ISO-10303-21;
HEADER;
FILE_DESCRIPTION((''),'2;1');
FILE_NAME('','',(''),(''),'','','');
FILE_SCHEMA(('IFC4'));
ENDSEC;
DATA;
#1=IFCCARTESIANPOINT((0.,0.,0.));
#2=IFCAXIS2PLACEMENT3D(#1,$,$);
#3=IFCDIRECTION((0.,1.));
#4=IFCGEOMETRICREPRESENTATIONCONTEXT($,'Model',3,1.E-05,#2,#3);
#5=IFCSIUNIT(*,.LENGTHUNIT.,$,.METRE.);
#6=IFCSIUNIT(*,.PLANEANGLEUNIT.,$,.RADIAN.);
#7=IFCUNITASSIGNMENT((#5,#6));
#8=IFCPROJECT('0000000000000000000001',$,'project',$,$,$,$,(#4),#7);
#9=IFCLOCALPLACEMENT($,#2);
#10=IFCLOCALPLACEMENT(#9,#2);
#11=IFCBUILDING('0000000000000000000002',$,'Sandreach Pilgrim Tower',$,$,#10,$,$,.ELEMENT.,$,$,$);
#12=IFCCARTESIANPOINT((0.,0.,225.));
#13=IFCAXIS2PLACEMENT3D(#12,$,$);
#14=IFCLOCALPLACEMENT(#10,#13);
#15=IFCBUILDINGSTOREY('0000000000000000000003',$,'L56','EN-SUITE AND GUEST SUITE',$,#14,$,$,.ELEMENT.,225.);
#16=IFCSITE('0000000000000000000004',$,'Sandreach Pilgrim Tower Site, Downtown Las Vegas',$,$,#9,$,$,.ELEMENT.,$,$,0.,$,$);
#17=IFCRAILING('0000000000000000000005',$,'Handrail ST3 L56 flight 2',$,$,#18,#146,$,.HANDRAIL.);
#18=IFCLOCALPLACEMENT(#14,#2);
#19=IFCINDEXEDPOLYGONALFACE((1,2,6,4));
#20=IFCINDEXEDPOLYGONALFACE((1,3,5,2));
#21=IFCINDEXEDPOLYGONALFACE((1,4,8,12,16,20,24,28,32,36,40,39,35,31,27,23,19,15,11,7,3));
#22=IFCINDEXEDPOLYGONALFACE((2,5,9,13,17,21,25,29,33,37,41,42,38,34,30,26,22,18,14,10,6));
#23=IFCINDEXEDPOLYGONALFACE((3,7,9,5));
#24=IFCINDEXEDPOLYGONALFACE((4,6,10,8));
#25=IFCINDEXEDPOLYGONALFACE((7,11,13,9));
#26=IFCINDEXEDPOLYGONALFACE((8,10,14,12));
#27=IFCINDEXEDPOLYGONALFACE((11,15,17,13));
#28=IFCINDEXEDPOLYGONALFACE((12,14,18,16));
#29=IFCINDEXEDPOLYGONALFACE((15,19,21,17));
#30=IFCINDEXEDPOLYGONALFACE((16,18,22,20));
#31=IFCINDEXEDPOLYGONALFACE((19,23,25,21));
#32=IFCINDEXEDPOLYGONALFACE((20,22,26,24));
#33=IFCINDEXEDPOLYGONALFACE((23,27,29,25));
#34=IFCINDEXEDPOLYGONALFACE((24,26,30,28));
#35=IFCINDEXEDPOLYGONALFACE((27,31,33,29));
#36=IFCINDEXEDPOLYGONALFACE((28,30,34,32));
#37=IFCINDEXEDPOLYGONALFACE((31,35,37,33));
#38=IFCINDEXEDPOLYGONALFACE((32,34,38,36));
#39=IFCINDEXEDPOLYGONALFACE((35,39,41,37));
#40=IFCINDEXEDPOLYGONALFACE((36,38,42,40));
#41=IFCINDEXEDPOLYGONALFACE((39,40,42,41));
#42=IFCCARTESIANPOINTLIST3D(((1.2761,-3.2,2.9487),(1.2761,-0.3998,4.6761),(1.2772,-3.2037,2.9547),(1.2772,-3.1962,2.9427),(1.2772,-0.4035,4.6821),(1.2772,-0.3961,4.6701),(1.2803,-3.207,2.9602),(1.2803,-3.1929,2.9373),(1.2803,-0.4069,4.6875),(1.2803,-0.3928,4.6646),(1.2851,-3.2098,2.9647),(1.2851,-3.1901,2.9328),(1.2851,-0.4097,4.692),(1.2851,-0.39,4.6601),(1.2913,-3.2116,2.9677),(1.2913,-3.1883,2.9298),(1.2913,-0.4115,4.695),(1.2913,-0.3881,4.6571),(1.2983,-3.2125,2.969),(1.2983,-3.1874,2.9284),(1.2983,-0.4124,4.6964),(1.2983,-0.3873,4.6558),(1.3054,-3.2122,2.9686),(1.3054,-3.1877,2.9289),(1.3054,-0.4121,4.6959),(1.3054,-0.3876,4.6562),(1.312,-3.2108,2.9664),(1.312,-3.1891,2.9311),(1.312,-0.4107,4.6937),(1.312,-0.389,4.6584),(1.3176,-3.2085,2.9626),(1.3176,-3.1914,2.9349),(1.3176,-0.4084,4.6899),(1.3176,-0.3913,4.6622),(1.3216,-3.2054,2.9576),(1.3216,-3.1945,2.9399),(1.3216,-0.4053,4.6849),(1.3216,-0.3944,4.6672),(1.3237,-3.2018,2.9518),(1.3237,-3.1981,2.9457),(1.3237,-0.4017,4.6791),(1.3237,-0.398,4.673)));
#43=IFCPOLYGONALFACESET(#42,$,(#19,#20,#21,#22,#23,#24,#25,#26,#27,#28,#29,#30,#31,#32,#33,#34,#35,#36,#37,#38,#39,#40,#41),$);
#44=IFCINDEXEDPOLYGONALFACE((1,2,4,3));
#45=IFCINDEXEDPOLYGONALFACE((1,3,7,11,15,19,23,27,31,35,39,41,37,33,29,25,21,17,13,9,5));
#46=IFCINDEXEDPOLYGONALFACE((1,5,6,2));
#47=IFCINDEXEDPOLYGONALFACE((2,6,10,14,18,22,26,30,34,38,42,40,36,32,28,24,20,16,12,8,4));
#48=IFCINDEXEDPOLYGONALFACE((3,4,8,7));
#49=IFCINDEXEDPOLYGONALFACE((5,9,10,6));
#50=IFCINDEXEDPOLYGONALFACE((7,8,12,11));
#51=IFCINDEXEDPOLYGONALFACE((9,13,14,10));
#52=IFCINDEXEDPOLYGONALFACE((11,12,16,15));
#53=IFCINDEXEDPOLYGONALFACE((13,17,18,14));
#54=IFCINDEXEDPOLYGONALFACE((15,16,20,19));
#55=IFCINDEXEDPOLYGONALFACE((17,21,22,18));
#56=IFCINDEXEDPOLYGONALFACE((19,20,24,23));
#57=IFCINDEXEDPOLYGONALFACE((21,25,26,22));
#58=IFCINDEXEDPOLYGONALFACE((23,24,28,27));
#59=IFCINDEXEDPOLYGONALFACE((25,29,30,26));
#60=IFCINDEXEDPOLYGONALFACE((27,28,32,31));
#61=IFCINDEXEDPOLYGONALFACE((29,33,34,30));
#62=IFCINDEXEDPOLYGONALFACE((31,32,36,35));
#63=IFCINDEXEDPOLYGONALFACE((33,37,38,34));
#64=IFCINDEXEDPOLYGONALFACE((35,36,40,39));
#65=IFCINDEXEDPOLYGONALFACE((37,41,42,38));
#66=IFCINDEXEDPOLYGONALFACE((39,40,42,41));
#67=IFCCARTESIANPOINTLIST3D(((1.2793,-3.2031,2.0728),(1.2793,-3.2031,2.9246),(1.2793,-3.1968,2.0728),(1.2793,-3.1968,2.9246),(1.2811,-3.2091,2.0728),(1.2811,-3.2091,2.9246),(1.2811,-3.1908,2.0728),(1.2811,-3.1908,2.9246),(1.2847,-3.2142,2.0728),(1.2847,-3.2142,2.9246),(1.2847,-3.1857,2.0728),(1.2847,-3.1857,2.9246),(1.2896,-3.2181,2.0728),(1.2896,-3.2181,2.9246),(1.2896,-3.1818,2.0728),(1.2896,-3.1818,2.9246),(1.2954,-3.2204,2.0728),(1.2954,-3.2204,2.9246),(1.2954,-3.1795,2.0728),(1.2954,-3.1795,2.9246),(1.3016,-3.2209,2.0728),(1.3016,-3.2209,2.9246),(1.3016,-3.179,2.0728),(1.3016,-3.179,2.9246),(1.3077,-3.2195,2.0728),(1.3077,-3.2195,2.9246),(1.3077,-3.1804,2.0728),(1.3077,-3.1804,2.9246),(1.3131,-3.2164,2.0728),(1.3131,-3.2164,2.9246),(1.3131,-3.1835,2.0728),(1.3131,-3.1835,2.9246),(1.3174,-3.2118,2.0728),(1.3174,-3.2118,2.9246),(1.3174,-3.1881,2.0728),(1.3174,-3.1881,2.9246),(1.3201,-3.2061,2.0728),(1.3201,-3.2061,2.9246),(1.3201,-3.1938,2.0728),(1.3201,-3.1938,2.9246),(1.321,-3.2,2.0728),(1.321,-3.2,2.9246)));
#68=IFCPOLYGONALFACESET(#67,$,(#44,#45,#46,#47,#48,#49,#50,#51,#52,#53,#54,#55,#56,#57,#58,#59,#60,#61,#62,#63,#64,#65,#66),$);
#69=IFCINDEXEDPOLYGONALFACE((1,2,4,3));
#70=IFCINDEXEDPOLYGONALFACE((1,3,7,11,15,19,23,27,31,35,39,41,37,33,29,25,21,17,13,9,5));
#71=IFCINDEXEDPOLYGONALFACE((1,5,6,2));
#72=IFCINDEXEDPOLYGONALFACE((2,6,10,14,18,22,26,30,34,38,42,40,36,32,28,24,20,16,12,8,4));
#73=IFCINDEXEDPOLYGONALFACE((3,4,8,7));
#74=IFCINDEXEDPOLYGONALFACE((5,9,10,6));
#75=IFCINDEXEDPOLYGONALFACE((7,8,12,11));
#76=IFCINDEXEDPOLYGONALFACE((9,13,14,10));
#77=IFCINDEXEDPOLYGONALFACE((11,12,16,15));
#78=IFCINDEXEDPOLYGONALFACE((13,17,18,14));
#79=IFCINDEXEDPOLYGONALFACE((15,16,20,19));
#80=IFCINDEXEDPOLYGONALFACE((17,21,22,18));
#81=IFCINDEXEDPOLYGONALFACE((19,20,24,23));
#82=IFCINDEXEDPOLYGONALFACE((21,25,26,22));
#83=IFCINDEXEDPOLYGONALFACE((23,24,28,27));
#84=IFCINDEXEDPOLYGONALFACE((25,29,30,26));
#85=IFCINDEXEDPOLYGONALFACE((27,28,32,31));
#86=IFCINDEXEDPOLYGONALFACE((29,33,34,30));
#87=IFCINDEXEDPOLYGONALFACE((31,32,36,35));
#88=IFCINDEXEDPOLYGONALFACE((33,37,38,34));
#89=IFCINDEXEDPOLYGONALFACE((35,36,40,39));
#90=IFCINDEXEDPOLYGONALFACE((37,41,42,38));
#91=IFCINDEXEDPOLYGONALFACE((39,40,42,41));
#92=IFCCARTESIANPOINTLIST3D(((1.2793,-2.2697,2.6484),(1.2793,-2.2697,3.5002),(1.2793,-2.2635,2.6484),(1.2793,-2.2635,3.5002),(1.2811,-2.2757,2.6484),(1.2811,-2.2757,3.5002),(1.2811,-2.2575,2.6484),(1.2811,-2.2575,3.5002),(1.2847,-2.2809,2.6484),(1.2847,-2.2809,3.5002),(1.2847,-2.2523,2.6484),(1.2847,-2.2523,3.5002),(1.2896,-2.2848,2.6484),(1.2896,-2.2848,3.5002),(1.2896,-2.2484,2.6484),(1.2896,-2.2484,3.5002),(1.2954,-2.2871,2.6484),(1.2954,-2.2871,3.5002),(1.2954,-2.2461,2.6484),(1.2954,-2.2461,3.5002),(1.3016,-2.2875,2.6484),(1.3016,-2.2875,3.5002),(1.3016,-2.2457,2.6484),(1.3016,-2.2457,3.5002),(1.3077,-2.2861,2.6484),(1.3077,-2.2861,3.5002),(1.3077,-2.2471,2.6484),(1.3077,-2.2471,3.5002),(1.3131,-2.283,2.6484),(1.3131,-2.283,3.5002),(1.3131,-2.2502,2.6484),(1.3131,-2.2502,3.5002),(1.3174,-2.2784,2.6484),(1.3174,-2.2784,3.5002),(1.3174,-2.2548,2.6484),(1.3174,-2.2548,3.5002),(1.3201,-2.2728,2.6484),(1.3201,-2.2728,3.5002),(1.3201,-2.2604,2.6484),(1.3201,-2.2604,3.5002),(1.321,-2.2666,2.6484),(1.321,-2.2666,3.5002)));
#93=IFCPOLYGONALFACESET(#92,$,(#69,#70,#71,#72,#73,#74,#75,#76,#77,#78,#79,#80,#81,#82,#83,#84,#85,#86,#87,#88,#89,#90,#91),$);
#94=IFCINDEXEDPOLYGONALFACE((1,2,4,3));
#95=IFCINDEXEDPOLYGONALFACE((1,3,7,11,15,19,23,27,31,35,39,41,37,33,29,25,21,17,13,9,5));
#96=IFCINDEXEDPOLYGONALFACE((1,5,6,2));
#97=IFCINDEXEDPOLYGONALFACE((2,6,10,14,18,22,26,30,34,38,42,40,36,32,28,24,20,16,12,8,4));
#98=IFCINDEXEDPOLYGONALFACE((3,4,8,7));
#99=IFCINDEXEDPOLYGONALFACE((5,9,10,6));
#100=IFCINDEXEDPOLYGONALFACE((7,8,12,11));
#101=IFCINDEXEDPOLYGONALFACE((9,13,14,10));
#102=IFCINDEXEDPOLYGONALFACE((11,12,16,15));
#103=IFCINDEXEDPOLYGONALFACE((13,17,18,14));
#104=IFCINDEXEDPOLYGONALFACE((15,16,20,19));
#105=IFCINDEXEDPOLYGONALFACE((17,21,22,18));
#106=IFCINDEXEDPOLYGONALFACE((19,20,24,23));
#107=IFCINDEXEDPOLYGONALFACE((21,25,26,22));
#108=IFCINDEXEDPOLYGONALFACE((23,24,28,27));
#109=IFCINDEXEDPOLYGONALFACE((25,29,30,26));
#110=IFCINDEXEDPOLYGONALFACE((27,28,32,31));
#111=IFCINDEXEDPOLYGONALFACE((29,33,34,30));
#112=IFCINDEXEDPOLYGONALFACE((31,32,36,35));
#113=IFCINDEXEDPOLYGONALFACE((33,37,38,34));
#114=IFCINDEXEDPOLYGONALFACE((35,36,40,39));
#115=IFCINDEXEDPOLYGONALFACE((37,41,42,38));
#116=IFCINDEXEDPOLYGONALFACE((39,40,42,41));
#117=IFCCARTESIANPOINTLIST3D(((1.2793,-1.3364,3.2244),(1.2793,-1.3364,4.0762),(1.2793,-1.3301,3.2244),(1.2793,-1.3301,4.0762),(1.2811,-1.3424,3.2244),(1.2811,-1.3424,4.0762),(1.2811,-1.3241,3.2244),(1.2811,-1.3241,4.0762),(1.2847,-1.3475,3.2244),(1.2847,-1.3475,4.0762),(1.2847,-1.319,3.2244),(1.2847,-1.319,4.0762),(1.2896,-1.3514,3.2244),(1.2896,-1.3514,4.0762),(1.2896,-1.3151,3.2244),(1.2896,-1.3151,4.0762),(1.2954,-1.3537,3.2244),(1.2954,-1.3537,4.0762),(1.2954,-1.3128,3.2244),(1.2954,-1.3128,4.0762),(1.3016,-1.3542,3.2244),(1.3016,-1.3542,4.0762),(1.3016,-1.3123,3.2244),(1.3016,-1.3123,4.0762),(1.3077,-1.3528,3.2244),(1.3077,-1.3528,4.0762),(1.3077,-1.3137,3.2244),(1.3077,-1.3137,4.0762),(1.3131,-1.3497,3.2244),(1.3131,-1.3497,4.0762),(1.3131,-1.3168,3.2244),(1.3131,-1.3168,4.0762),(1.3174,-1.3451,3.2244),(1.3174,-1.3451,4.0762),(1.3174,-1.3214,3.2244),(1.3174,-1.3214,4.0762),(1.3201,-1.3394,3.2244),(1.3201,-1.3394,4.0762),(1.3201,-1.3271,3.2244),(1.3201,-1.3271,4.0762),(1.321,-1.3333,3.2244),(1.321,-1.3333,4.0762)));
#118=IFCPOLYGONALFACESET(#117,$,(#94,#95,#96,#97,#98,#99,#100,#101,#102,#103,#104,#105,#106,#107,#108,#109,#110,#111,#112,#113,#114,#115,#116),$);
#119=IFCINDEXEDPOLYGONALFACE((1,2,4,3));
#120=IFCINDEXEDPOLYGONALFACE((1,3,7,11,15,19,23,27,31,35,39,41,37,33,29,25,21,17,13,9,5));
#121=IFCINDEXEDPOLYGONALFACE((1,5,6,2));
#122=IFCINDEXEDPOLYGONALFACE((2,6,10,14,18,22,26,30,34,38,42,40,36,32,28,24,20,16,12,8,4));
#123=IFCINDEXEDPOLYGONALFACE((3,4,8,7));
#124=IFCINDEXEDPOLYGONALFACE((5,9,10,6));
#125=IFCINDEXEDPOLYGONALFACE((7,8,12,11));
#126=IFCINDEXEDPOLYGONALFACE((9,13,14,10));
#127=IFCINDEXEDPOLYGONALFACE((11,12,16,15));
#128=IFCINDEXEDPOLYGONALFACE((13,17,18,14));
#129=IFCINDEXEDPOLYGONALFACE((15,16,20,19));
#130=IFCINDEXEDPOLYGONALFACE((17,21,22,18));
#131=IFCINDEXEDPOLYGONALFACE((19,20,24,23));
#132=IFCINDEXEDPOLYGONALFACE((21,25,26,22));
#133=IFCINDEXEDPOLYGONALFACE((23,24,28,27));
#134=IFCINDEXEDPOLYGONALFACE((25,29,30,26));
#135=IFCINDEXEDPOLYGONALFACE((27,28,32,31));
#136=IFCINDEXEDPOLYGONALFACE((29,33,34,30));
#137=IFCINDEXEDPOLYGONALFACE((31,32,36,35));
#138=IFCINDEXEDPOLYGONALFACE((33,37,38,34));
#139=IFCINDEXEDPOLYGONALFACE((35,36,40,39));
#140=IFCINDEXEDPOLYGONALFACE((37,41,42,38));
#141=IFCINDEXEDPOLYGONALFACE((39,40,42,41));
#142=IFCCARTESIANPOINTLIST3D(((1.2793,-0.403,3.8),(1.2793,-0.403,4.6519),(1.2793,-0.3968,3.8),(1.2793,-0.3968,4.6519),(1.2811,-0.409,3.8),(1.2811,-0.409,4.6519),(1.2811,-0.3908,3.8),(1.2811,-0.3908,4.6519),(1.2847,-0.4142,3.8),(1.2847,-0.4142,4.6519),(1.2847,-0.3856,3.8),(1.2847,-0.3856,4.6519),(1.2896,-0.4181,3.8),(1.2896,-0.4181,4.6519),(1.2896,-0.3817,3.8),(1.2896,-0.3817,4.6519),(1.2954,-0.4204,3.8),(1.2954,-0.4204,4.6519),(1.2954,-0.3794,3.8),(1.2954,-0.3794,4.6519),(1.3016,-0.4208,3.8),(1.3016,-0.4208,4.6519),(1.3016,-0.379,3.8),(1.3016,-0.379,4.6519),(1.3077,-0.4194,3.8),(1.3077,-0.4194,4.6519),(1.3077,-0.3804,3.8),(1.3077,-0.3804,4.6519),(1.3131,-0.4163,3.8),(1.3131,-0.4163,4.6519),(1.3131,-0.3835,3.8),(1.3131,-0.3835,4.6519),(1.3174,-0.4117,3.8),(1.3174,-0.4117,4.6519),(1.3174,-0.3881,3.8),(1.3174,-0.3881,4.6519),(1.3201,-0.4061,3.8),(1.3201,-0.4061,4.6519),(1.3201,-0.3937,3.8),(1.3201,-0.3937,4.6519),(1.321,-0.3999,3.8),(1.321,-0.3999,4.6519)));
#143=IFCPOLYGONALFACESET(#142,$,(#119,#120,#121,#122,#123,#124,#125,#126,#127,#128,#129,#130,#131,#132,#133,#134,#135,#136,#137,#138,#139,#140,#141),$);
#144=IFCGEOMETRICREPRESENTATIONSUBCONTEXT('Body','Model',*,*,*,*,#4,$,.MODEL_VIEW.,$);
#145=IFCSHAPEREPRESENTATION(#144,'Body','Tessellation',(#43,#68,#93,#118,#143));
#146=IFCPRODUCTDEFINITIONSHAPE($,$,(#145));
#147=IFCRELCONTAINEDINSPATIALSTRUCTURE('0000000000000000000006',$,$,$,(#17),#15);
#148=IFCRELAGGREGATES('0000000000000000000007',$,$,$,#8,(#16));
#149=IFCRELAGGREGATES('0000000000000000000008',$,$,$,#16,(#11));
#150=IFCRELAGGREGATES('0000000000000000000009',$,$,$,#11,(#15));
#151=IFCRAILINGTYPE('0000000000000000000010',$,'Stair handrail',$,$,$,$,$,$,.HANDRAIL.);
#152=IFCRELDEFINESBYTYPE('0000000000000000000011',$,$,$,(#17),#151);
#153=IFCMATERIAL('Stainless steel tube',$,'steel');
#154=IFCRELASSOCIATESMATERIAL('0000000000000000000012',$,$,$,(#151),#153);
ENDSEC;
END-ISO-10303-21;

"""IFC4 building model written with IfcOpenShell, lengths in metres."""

from ifc_helpers import new_model, si_unit, direction, frame, origin, origin_2d, place, context, subcontext, project, spatial, circle, extrude, material, type_object, element, save


model = new_model("IFC4")

# Units and contexts
model_context = context("Model", 3, precision=1e-05, world=origin(), true_north=direction((0.0, 1.0)))
body_context = subcontext(model_context, "Body", "Model", "MODEL_VIEW")
ifc_project = project(units=[si_unit("LENGTHUNIT", "METRE"), si_unit("PLANEANGLEUNIT", "RADIAN")], contexts=[model_context])

# Site, building, storey
site_placement = place(None, origin())
site = spatial("IfcSite", under=ifc_project, at=site_placement, Name="Sandreach Pilgrim Tower Site, Downtown Las Vegas", CompositionType="ELEMENT", RefElevation=0.0)
building_placement = place(site_placement, origin())
building = spatial("IfcBuilding", under=site, at=building_placement, Name="Sandreach Pilgrim Tower", CompositionType="ELEMENT")
storey_placement = place(building_placement, frame((0.0, 0.0, 225.0)))
storey = spatial("IfcBuildingStorey", under=building, at=storey_placement, Name="L56", Description="EN-SUITE AND GUEST SUITE", CompositionType="ELEMENT", Elevation=225.0)

# Railing
ifc_material_1 = material(Name="Stainless steel tube", Category="steel")
railing_type = type_object("IfcRailingType", Name="Stair handrail", PredefinedType="HANDRAIL", material=ifc_material_1)
for number, where, name in (
    (1, (1.3, -3.2, 2.0728), "Handrail ST3 L56 flight 2"),
):
    element("IfcRailing", number, at=place(storey_placement, frame(where)), inside=storey, type_object=railing_type, Name=name, PredefinedType="HANDRAIL", context=body_context, shape_type="SweptSolid", body=[
        extrude(circle(Radius=0.0239, at=origin_2d()), frame((0.0, 0.0, 0.876), z_axis=(0.0, 0.85109, 0.52502), x_axis=(-1.0, 0.0, 0.0)), (0.0, 0.0, 1.0), 3.29),
        extrude(circle(Radius=0.021, at=origin_2d()), origin(), (0.0, 0.0, 1.0), 0.8518),
        extrude(circle(Radius=0.021, at=origin_2d()), frame((0.0, 0.9333, 0.5757)), (0.0, 0.0, 1.0), 0.8518),
        extrude(circle(Radius=0.021, at=origin_2d()), frame((0.0, 1.8667, 1.1516)), (0.0, 0.0, 1.0), 0.8518),
        extrude(circle(Radius=0.021, at=origin_2d()), frame((0.0, 2.8, 1.7273)), (0.0, 0.0, 1.0), 0.8518),
    ])

save(model, "model.ifc")
